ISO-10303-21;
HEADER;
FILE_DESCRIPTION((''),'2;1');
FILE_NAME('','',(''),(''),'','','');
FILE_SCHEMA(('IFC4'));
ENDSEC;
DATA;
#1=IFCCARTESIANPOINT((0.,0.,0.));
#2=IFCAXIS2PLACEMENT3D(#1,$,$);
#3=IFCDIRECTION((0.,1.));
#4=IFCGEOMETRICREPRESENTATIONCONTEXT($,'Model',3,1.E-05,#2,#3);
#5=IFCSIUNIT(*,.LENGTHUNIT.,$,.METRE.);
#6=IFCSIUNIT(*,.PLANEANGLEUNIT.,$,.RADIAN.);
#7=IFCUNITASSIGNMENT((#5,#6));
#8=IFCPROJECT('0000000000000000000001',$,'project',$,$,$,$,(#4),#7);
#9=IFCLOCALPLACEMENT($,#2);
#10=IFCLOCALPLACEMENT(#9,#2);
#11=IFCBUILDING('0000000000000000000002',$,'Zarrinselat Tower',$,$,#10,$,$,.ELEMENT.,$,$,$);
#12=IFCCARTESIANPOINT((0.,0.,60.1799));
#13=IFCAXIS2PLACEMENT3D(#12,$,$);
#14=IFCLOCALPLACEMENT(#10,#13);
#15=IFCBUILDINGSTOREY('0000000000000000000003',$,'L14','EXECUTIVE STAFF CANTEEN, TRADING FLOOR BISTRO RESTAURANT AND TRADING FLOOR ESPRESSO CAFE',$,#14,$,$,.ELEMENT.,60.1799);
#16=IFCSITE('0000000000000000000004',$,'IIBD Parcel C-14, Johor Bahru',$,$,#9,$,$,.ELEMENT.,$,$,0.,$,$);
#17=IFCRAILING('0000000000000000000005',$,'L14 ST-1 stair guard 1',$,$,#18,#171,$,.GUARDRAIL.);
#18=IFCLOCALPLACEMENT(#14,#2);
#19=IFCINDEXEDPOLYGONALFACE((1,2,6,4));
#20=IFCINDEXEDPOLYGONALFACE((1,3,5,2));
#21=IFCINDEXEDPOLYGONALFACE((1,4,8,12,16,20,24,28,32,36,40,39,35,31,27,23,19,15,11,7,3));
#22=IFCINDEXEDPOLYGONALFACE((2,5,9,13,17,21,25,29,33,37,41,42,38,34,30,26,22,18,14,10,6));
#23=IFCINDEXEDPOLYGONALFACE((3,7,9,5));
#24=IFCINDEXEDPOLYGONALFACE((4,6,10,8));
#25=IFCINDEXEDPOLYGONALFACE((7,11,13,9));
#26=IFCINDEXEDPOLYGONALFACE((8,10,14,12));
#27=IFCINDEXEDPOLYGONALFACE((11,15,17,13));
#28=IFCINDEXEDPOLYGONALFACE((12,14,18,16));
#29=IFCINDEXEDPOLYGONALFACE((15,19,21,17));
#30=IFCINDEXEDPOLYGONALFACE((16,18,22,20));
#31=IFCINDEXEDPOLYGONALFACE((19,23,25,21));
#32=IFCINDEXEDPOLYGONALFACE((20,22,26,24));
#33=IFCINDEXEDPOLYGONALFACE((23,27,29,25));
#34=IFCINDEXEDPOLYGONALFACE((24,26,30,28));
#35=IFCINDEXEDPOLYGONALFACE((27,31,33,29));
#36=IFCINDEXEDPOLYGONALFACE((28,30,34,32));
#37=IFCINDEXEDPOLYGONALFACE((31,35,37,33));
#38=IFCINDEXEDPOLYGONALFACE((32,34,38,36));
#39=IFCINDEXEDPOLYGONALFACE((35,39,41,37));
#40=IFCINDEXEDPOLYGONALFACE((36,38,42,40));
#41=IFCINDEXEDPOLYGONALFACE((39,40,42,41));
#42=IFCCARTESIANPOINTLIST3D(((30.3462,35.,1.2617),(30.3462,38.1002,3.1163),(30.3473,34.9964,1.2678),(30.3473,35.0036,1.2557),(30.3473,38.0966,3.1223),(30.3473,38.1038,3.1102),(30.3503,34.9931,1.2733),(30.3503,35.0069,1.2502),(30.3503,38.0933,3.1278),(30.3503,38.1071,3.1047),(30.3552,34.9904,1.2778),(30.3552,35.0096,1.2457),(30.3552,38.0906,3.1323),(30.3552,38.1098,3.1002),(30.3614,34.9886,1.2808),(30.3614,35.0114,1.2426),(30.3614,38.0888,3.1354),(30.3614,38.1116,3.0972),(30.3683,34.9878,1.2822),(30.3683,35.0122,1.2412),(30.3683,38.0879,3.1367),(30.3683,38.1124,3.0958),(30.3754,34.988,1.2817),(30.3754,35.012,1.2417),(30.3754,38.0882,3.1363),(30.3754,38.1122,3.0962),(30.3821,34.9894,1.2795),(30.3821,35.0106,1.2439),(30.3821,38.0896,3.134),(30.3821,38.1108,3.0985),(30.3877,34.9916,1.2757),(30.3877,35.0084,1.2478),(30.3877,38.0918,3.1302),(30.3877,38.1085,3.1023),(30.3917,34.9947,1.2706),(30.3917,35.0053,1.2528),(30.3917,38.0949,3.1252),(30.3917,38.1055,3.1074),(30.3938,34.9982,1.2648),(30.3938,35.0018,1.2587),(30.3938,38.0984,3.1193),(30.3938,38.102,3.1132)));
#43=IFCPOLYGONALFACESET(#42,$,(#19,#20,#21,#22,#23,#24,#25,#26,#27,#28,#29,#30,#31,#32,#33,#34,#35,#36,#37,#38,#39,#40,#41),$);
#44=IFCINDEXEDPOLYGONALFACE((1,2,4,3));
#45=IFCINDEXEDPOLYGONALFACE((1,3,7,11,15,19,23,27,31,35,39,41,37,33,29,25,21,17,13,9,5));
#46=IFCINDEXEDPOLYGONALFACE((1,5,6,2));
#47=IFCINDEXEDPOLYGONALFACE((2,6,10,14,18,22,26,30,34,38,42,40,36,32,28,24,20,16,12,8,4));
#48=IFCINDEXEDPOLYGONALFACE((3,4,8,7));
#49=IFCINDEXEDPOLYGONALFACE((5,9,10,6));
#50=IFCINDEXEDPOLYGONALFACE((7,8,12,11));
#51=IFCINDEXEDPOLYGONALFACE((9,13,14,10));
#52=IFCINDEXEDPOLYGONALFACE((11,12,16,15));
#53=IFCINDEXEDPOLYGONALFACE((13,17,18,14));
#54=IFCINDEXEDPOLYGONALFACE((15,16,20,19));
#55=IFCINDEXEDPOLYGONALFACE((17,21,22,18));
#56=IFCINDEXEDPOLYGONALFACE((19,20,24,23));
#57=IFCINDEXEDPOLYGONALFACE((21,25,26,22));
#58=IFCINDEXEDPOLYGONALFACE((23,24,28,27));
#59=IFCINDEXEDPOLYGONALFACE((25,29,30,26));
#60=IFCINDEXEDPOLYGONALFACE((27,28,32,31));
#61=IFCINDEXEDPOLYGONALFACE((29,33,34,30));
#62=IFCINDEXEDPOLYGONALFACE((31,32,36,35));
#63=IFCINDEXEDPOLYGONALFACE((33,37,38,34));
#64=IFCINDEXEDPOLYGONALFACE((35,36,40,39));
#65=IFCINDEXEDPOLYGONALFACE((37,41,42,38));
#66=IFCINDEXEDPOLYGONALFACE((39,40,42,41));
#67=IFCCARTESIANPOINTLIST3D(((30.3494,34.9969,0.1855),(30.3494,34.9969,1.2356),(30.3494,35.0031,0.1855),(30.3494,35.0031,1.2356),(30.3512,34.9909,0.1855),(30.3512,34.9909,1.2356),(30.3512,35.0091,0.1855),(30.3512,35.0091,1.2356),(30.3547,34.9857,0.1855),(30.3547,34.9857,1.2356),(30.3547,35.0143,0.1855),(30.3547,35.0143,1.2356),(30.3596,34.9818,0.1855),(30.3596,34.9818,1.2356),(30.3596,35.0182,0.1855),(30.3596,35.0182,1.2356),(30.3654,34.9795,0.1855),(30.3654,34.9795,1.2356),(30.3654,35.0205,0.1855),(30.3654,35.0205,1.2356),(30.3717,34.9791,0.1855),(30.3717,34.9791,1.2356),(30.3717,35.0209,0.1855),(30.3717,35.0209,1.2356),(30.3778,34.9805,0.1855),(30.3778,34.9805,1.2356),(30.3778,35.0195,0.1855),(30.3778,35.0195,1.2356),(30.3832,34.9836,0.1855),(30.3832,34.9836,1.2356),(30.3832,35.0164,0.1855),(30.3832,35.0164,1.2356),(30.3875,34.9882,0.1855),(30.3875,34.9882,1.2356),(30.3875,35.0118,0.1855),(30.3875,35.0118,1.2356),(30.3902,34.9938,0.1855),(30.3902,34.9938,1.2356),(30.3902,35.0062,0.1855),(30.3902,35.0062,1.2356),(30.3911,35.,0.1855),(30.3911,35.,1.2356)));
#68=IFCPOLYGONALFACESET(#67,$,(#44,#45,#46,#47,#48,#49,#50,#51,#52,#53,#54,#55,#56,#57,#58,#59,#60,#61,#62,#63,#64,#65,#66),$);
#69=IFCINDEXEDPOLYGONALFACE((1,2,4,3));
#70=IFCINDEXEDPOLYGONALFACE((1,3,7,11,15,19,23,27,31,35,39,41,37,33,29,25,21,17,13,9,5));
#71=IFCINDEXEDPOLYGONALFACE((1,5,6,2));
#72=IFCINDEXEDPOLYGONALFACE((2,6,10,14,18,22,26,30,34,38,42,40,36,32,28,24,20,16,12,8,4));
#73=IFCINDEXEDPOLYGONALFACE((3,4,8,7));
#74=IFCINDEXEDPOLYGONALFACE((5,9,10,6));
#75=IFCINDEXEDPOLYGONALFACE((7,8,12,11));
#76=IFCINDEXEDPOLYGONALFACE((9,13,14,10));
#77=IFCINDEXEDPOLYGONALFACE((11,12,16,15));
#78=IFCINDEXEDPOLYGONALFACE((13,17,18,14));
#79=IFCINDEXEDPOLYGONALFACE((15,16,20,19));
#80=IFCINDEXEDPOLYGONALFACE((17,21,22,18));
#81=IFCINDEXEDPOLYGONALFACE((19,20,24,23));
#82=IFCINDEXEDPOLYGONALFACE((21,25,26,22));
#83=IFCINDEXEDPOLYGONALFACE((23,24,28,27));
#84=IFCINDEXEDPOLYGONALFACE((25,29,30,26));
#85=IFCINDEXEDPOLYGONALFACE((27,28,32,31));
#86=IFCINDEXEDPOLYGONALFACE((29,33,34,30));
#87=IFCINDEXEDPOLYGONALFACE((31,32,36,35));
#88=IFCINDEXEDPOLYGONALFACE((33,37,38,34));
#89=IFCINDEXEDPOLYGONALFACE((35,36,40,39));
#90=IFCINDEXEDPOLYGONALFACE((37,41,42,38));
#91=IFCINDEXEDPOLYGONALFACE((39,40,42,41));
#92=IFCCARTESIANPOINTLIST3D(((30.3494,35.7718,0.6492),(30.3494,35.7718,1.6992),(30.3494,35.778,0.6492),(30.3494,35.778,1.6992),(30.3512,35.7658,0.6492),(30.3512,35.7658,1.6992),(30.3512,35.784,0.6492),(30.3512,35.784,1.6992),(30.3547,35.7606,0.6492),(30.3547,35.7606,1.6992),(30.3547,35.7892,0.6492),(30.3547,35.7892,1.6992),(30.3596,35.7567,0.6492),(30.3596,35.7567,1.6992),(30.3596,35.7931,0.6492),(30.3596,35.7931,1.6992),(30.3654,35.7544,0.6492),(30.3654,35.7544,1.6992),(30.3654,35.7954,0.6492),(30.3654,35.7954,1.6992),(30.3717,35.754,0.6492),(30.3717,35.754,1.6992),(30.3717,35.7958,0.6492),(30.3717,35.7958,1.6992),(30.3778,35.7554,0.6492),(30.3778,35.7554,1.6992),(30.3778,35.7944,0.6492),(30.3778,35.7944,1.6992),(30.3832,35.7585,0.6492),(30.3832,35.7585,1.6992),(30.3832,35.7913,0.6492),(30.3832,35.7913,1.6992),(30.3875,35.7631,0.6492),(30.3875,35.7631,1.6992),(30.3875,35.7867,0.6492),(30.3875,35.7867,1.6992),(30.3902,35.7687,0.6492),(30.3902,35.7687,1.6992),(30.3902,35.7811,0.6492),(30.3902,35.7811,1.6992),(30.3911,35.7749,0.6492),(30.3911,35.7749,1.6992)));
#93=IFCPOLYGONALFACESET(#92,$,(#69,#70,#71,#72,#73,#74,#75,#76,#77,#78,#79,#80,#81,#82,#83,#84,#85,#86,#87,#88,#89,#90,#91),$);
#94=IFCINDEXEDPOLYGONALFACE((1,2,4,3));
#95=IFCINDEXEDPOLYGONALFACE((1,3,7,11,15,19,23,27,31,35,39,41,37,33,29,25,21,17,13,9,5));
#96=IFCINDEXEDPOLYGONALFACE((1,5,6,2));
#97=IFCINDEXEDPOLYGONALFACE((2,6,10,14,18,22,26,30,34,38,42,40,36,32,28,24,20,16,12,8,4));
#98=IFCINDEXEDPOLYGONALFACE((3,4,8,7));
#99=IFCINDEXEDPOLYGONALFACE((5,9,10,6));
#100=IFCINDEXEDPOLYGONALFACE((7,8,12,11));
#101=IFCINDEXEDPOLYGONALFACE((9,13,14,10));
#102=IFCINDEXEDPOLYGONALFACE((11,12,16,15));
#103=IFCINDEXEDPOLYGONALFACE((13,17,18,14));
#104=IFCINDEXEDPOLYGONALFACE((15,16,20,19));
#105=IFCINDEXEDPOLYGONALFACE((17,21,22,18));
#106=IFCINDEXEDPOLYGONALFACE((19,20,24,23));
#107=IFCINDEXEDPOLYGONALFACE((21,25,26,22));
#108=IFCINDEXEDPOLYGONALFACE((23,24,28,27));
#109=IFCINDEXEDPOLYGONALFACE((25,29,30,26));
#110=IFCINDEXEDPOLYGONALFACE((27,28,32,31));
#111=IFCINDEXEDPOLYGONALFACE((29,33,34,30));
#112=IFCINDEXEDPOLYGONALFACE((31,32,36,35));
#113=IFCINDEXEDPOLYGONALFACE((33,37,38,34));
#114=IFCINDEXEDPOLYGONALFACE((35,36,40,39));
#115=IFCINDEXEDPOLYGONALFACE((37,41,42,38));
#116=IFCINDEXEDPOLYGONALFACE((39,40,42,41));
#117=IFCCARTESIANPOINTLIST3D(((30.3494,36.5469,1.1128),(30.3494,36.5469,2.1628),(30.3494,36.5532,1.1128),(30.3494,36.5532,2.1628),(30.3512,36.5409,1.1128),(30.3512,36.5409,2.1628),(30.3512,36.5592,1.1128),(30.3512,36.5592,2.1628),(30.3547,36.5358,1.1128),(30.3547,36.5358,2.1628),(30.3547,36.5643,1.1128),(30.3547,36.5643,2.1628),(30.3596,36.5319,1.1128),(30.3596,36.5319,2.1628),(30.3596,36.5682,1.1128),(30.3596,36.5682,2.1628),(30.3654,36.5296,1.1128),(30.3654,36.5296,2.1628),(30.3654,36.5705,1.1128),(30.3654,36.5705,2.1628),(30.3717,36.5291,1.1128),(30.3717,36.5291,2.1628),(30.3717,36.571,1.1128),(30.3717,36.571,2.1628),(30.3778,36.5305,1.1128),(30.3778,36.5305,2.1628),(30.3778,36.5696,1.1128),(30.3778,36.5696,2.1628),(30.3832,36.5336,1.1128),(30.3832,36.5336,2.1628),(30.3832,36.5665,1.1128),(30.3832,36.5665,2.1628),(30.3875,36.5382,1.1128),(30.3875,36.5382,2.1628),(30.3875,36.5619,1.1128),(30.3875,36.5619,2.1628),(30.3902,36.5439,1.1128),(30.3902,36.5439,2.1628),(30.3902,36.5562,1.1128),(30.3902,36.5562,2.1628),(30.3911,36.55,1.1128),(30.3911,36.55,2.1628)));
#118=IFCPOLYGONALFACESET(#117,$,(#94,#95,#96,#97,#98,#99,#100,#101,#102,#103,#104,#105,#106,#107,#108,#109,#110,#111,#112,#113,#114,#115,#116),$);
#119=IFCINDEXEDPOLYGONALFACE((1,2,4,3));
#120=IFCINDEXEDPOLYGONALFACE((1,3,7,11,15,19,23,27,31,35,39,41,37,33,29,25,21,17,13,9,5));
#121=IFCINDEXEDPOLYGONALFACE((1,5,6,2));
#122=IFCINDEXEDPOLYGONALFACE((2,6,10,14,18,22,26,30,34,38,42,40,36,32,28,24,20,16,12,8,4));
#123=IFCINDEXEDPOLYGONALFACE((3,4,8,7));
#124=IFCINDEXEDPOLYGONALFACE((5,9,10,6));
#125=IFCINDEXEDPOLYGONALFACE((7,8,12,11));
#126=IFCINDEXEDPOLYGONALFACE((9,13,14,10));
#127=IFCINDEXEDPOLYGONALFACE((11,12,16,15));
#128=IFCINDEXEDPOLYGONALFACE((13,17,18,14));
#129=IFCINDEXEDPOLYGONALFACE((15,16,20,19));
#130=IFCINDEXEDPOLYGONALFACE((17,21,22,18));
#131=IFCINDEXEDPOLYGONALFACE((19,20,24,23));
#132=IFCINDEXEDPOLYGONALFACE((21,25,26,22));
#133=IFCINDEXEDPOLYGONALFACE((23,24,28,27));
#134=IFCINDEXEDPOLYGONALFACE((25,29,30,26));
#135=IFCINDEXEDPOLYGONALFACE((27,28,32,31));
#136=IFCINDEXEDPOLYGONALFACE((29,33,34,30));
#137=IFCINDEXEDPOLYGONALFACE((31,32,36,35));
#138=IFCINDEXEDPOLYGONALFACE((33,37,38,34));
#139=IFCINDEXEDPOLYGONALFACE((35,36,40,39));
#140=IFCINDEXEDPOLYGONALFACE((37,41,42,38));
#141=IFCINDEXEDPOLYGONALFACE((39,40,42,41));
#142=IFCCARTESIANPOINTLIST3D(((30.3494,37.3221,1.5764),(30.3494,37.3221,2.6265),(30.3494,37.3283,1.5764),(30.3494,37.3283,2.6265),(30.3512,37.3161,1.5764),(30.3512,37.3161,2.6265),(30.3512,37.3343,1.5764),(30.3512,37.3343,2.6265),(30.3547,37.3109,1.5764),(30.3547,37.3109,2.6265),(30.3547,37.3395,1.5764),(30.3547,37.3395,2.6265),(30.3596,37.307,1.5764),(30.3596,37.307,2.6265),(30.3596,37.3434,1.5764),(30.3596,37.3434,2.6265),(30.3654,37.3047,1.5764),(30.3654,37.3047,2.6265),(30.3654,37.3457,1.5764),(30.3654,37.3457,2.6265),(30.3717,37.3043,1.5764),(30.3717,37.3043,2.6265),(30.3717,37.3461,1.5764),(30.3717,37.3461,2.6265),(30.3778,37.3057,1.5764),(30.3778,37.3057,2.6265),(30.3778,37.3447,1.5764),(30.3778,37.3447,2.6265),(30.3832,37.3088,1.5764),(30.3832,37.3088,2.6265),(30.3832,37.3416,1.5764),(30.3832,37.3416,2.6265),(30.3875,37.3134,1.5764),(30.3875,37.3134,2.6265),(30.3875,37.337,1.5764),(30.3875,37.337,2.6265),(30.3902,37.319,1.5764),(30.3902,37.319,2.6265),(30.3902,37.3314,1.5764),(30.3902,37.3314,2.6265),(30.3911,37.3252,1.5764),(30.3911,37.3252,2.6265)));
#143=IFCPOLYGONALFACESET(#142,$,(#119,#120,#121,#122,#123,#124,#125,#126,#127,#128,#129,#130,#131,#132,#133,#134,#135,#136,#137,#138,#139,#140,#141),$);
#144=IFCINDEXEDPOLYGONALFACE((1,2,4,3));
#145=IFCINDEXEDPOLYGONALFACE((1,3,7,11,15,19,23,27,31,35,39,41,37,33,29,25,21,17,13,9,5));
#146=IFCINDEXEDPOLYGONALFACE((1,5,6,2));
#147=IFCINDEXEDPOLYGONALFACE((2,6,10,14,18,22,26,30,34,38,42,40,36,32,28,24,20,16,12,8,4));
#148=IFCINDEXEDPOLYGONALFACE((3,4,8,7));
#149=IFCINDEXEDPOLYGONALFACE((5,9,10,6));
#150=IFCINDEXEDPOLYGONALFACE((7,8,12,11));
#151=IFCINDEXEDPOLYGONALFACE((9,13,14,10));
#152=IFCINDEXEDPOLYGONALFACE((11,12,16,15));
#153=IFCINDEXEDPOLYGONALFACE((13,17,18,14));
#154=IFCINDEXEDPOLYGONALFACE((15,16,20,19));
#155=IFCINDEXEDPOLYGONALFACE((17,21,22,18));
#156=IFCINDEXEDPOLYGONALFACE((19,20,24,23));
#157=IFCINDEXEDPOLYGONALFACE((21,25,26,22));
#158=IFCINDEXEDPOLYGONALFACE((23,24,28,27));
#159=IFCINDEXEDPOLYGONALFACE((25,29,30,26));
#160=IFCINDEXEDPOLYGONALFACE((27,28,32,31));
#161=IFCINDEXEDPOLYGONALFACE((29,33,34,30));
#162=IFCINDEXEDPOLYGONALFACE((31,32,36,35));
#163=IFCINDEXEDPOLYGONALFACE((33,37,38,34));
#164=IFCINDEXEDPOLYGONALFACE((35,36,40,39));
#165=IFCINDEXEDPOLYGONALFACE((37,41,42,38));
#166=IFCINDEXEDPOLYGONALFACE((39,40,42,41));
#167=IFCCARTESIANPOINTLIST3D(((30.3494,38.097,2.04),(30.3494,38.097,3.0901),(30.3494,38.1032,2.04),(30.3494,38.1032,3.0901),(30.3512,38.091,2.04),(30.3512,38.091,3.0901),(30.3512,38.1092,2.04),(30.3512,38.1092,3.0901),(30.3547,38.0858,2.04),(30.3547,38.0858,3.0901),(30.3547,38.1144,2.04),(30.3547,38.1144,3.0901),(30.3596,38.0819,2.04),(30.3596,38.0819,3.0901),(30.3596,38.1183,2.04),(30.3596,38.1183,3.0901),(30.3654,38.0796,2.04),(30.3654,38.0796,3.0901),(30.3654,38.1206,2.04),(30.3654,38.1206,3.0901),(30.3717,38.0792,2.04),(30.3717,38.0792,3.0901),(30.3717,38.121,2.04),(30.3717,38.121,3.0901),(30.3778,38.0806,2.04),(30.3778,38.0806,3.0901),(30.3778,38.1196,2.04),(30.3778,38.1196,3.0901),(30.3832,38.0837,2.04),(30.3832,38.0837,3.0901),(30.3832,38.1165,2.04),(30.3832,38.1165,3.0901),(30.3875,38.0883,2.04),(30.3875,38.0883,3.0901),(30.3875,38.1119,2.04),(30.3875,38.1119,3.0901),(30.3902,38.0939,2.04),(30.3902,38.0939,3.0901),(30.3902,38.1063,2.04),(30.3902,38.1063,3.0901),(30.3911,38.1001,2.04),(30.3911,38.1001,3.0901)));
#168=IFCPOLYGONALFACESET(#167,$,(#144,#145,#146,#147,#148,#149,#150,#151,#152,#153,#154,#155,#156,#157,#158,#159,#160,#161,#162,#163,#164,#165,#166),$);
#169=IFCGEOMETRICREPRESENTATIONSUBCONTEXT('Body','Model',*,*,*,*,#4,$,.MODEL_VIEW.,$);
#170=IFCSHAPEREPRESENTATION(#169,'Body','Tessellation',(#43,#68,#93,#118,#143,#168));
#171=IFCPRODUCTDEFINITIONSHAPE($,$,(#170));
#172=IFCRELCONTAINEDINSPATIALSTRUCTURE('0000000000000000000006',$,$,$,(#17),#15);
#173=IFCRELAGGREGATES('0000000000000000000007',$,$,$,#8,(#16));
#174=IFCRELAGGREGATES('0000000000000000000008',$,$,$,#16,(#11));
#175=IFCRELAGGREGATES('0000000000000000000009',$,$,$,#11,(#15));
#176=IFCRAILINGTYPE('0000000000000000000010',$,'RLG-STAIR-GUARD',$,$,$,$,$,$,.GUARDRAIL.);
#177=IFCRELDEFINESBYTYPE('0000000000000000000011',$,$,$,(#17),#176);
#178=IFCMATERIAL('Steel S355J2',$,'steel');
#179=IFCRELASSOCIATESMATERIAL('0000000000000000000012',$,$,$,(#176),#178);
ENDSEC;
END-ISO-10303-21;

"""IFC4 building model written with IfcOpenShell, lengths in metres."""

from ifc_helpers import new_model, si_unit, direction, frame, origin, origin_2d, place, context, subcontext, project, spatial, circle, extrude, material, type_object, element, save


model = new_model("IFC4")

# Units and contexts
model_context = context("Model", 3, precision=1e-05, world=origin(), true_north=direction((0.0, 1.0)))
body_context = subcontext(model_context, "Body", "Model", "MODEL_VIEW")
ifc_project = project(units=[si_unit("LENGTHUNIT", "METRE"), si_unit("PLANEANGLEUNIT", "RADIAN")], contexts=[model_context])

# Site, building, storey
site_placement = place(None, origin())
site = spatial("IfcSite", under=ifc_project, at=site_placement, Name="IIBD Parcel C-14, Johor Bahru", CompositionType="ELEMENT", RefElevation=0.0)
building_placement = place(site_placement, origin())
building = spatial("IfcBuilding", under=site, at=building_placement, Name="Zarrinselat Tower", CompositionType="ELEMENT")
storey_placement = place(building_placement, frame((0.0, 0.0, 60.1799)))
storey = spatial("IfcBuildingStorey", under=building, at=storey_placement, Name="L14", Description="EXECUTIVE STAFF CANTEEN, TRADING FLOOR BISTRO RESTAURANT AND TRADING FLOOR ESPRESSO CAFE", CompositionType="ELEMENT", Elevation=60.1799)

# Railing
ifc_material_1 = material(Name="Steel S355J2", Category="steel")
railing_type_1 = type_object("IfcRailingType", Name="RLG-STAIR-GUARD", PredefinedType="GUARDRAIL", material=ifc_material_1)
railing_1_placement = place(storey_placement, frame((30.3701, 35.0, 0.1855)))
element("IfcRailing", 1, at=railing_1_placement, inside=storey, type_object=railing_type_1, Name="L14 ST-1 stair guard 1", PredefinedType="GUARDRAIL", context=body_context, shape_type="SweptSolid", body=[
    extrude(circle(Radius=0.0239, at=origin_2d()), frame((0.0, 0.0, 1.0762), z_axis=(0.0, 0.858172, 0.513362), x_axis=(-1.0, 0.0, 0.0)), (0.0, 0.0, 1.0), 3.6125),
    extrude(circle(Radius=0.021, at=origin_2d()), origin(), (0.0, 0.0, 1.0), 1.05),
    extrude(circle(Radius=0.021, at=origin_2d()), frame((0.0, 0.7749, 0.4636)), (0.0, 0.0, 1.0), 1.05),
    extrude(circle(Radius=0.021, at=origin_2d()), frame((0.0, 1.55, 0.9272)), (0.0, 0.0, 1.0), 1.05),
    extrude(circle(Radius=0.021, at=origin_2d()), frame((0.0, 2.3252, 1.3909)), (0.0, 0.0, 1.0), 1.05),
    extrude(circle(Radius=0.021, at=origin_2d()), frame((0.0, 3.1001, 1.8545)), (0.0, 0.0, 1.0), 1.05),
])

save(model, "model.ifc")
